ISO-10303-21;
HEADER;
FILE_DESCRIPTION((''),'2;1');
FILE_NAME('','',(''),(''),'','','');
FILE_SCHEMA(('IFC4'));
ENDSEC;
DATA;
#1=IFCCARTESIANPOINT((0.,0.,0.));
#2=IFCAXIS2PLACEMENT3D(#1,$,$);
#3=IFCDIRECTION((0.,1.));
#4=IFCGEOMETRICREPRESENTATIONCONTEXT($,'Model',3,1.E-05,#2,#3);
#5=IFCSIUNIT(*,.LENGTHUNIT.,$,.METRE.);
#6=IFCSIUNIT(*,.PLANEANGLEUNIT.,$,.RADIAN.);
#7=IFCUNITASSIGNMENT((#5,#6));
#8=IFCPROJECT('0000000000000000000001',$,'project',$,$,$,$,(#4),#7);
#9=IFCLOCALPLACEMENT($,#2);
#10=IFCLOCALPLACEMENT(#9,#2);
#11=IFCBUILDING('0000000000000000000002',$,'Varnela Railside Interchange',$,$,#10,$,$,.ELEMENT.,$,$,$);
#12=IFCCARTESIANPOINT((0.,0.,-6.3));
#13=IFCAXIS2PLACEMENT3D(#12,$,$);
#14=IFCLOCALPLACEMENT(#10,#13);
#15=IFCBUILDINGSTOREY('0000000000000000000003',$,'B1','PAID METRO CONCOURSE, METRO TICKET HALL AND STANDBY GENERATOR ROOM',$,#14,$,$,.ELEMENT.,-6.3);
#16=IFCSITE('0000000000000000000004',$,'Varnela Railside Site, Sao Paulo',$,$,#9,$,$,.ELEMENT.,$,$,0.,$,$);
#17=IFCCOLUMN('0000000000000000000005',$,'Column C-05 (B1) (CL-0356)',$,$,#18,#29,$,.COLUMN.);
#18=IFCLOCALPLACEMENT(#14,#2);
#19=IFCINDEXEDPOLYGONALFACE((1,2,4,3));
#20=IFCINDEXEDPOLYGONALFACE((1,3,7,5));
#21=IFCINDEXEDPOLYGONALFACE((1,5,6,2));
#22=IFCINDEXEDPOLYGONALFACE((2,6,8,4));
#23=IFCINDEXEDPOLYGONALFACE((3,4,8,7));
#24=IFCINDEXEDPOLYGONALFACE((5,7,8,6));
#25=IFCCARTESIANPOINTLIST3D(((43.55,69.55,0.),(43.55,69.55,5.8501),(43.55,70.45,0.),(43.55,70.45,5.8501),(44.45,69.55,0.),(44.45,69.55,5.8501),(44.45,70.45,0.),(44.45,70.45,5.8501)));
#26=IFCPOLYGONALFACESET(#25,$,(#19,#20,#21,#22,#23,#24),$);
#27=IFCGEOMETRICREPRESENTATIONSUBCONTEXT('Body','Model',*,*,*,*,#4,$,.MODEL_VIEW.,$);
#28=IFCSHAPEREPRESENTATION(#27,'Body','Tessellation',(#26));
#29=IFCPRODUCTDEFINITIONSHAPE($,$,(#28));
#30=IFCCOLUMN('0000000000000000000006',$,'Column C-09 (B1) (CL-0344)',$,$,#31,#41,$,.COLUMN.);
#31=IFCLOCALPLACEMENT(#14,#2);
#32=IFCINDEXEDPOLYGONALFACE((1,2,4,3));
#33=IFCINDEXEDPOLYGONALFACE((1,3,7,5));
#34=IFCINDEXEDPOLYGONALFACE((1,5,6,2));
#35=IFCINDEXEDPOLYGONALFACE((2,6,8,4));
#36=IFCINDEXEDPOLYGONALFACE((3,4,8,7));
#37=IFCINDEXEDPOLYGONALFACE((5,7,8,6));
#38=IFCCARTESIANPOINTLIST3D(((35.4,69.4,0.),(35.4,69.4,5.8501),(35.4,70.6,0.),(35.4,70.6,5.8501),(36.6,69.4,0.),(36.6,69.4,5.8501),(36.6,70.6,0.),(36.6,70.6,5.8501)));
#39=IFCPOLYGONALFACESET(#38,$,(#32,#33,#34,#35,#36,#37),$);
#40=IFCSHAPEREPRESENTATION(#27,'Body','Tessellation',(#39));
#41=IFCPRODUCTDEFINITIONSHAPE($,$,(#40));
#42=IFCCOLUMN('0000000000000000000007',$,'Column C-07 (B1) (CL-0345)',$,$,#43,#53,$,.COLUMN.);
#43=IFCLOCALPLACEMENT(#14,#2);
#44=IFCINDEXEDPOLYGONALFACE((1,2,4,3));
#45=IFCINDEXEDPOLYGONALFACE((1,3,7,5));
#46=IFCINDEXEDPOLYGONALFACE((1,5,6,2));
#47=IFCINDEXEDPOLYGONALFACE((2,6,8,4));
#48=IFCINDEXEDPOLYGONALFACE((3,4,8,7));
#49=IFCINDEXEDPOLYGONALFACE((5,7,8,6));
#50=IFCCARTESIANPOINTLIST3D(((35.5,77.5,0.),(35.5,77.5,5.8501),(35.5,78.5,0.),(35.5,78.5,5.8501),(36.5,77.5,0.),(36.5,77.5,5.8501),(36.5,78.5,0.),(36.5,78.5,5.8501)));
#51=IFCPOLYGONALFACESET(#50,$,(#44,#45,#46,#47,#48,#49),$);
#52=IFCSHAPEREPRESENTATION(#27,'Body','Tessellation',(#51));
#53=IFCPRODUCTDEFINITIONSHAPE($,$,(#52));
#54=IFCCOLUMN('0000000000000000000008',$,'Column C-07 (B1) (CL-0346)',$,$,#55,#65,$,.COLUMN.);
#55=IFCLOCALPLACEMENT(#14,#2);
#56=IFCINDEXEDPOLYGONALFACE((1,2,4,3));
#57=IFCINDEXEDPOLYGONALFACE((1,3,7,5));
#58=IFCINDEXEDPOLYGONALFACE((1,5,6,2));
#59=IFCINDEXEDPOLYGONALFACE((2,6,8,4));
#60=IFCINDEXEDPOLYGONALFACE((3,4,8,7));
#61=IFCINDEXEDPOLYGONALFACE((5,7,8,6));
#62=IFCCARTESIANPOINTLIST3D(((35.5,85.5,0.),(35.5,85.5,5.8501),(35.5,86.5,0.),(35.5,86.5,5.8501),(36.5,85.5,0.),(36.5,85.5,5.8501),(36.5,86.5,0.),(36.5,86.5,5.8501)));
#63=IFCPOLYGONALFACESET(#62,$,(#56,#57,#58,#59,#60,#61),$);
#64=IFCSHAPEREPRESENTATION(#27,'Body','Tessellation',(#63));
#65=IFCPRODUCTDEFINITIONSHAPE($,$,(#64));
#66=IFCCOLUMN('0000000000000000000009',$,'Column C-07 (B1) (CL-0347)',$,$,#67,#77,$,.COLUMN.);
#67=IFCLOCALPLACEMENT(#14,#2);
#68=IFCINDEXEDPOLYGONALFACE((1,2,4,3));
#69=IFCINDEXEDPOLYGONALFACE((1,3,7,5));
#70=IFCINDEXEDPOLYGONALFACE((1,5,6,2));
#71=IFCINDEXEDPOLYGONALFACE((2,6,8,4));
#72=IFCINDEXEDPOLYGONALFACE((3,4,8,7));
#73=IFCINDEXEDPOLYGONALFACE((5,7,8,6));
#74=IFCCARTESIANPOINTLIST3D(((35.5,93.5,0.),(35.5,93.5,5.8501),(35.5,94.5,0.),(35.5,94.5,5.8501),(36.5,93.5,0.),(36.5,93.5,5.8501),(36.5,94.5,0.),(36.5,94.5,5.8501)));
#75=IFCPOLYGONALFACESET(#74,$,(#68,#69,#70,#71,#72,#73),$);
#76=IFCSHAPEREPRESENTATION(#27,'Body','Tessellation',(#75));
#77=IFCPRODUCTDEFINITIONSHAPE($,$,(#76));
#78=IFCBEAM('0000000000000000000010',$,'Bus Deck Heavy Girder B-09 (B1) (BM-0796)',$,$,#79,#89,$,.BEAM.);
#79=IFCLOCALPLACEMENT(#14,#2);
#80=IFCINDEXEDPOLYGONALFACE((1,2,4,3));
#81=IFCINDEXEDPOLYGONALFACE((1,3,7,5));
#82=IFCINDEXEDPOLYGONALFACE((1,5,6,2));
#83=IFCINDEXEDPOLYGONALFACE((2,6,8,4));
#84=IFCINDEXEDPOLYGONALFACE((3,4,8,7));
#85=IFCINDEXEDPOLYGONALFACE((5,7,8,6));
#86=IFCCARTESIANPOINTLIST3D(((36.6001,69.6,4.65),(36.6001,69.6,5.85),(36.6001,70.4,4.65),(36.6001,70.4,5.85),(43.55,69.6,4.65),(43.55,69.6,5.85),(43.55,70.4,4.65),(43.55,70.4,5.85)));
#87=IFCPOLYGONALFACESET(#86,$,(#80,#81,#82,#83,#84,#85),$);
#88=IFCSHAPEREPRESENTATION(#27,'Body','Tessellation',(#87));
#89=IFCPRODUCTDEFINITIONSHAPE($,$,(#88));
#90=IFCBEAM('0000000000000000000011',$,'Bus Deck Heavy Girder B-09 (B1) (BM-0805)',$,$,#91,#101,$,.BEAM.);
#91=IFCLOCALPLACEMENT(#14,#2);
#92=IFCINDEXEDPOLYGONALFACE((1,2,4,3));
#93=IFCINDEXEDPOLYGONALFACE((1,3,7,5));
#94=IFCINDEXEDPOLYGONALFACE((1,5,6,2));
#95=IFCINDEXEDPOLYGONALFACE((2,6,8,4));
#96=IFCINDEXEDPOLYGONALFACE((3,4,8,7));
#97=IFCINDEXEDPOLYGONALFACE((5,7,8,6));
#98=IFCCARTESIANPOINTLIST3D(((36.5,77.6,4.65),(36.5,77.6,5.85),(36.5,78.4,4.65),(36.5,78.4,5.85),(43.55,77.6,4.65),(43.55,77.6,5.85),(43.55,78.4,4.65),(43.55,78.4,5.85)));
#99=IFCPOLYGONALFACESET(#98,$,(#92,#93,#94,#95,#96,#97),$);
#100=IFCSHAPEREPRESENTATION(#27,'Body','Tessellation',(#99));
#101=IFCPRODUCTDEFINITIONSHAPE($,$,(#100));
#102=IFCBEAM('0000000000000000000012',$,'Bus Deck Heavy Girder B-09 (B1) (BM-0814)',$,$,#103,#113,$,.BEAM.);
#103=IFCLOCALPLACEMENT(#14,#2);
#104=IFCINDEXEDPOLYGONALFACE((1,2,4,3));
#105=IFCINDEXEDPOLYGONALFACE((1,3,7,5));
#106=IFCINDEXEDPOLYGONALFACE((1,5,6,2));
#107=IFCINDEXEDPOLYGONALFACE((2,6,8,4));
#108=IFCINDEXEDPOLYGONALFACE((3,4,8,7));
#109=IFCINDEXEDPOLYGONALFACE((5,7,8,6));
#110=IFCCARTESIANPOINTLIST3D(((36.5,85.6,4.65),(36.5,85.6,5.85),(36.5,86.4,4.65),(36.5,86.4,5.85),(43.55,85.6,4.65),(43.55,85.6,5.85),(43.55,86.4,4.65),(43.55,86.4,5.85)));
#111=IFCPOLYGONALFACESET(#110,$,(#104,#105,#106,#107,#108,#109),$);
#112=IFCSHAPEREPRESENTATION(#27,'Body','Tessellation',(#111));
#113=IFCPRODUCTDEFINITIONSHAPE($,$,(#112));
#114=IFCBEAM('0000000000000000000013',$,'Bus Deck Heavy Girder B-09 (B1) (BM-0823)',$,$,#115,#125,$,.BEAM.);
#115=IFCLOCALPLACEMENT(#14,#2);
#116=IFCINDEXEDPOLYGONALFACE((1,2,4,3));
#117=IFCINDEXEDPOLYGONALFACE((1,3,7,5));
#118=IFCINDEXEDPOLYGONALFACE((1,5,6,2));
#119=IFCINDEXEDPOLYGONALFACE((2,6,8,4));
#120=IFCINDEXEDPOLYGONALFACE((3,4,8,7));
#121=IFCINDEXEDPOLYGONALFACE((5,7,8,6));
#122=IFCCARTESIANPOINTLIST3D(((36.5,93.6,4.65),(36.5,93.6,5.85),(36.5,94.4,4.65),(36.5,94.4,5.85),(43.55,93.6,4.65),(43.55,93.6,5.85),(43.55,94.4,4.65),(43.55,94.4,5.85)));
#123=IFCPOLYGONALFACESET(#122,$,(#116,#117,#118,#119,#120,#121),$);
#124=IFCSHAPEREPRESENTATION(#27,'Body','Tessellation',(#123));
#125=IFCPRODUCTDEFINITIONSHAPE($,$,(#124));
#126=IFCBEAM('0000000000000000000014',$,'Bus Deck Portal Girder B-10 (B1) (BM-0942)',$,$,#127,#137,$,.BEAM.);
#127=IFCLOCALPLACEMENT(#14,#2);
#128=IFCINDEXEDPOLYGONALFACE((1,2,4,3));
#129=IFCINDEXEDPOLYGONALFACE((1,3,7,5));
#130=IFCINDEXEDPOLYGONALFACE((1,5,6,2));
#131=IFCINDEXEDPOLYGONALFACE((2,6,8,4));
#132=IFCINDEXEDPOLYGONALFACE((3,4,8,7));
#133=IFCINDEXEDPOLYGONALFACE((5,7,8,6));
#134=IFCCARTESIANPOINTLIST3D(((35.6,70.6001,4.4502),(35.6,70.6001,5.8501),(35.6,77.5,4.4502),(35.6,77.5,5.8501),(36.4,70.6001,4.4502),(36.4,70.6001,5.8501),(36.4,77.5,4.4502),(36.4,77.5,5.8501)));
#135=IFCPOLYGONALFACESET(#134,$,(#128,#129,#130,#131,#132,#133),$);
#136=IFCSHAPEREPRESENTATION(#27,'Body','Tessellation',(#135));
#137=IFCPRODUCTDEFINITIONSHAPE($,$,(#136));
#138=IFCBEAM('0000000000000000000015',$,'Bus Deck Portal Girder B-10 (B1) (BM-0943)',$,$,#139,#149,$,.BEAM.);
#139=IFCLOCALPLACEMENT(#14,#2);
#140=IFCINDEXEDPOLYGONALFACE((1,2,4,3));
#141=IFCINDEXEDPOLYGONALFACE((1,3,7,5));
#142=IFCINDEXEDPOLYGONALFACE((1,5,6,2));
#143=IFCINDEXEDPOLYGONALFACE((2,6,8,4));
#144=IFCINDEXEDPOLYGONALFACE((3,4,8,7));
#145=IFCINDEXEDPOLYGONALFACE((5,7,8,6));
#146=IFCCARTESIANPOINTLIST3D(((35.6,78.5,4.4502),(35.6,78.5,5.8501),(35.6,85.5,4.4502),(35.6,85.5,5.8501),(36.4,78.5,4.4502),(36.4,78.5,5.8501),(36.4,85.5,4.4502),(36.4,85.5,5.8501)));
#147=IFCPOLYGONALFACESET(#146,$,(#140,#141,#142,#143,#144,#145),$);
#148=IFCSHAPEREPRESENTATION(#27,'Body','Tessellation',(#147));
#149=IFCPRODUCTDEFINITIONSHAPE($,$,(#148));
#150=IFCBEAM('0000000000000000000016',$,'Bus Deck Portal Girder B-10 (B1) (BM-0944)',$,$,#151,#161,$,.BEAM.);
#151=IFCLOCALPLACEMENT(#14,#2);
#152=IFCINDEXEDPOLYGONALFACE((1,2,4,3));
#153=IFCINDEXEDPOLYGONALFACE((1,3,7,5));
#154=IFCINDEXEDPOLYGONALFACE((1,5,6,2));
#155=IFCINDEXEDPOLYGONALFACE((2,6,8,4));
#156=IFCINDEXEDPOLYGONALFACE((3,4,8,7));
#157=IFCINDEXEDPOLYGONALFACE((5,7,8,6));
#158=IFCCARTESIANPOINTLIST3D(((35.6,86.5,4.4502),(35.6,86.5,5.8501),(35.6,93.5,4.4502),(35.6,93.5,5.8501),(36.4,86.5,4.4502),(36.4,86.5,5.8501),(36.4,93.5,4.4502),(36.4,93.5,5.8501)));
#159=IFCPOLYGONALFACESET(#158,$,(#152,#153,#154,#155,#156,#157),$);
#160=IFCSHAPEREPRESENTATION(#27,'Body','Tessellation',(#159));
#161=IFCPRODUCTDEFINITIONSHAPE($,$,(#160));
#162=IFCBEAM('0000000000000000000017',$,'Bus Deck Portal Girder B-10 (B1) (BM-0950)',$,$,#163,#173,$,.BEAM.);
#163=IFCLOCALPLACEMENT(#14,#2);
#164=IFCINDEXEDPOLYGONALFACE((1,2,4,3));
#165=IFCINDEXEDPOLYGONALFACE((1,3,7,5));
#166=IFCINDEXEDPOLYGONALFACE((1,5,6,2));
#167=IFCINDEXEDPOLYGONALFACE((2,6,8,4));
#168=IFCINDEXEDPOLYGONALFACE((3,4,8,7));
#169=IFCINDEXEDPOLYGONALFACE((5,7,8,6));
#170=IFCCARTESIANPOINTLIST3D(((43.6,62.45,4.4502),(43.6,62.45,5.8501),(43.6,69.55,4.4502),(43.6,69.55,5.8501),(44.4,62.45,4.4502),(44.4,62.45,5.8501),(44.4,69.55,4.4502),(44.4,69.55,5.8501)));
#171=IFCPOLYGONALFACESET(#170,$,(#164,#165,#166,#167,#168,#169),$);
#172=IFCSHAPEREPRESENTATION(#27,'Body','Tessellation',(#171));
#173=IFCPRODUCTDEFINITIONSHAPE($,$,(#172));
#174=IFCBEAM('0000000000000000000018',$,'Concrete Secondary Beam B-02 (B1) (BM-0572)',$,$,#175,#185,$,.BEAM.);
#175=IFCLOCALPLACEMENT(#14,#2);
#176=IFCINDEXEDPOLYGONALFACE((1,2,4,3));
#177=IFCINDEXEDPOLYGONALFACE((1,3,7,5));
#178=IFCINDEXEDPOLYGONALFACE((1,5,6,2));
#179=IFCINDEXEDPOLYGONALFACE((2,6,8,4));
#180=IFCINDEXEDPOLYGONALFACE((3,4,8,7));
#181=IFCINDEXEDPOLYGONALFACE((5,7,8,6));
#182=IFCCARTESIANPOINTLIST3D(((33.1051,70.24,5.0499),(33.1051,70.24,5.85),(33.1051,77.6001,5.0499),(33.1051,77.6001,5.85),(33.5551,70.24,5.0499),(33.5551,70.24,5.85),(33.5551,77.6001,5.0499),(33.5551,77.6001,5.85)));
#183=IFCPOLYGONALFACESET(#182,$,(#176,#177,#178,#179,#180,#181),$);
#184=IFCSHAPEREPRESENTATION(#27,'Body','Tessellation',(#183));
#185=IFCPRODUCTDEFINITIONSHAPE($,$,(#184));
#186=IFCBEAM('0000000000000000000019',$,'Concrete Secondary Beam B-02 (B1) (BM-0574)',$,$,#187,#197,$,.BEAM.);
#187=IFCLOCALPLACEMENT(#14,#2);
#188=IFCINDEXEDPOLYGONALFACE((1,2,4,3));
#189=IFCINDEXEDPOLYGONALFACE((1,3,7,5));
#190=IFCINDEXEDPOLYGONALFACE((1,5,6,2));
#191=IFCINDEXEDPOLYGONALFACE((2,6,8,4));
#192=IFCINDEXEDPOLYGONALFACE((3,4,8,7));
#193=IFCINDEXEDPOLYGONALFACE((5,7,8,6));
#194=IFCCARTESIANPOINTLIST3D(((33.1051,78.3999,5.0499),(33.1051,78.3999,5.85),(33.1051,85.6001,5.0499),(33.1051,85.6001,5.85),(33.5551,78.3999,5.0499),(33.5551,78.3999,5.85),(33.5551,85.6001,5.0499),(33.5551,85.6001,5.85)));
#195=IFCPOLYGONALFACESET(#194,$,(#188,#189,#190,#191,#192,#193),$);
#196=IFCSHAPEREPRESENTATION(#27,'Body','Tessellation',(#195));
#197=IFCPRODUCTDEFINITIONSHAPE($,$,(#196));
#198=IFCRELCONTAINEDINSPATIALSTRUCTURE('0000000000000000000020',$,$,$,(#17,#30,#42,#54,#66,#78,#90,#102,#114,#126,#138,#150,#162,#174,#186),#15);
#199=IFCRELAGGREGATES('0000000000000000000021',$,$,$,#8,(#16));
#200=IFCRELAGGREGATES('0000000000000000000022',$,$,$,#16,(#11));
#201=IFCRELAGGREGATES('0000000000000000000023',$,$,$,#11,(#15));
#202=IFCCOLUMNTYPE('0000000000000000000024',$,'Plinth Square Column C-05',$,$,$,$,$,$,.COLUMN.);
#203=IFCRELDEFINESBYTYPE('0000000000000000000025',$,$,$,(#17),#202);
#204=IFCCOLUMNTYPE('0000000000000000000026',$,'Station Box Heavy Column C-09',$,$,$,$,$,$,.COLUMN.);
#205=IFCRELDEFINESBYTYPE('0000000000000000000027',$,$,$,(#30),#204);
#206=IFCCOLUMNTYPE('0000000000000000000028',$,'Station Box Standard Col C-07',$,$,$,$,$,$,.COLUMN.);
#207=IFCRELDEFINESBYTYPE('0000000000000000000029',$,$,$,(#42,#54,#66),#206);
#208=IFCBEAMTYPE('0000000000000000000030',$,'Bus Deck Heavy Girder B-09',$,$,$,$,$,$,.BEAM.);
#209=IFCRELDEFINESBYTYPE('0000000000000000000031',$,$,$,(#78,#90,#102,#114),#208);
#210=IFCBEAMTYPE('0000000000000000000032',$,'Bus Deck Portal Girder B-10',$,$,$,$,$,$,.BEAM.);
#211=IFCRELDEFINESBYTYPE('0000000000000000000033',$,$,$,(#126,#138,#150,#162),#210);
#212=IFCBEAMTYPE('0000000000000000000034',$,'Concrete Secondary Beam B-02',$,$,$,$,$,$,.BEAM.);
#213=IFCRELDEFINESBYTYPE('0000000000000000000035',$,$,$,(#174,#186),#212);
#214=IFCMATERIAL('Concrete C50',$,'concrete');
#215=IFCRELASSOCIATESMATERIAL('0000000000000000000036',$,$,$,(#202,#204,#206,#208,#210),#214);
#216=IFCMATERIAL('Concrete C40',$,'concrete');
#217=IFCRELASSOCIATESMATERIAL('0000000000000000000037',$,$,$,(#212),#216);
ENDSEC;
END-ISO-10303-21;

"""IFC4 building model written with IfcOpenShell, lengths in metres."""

from ifc_helpers import new_model, si_unit, direction, frame, origin, origin_2d, place, context, subcontext, project, spatial, rectangle, extrude, material, material_profile, profile_set, type_object, element, save


model = new_model("IFC4")

# Units and contexts
model_context = context("Model", 3, precision=1e-05, world=origin(), true_north=direction((0.0, 1.0)))
body_context = subcontext(model_context, "Body", "Model", "MODEL_VIEW")
ifc_project = project(units=[si_unit("LENGTHUNIT", "METRE"), si_unit("PLANEANGLEUNIT", "RADIAN")], contexts=[model_context])

# Site, building, storey
site_placement = place(None, origin())
site = spatial("IfcSite", under=ifc_project, at=site_placement, Name="Varnela Railside Site, Sao Paulo", CompositionType="ELEMENT", RefElevation=0.0)
building_placement = place(site_placement, origin())
building = spatial("IfcBuilding", under=site, at=building_placement, Name="Varnela Railside Interchange", CompositionType="ELEMENT")
storey_placement = place(building_placement, frame((0.0, 0.0, -6.3)))
storey = spatial("IfcBuildingStorey", under=building, at=storey_placement, Name="B1", Description="PAID METRO CONCOURSE, METRO TICKET HALL AND STANDBY GENERATOR ROOM", CompositionType="ELEMENT", Elevation=-6.3)

# Columns
ifc_material_1 = material(Name="Concrete C50", Category="concrete")
ifc_material_profile_1 = material_profile(ifc_material_1, rectangle(XDim=0.8999, YDim=0.8999, at=origin_2d()), Name="RC 900x900")
ifc_profile_set_1 = profile_set([ifc_material_profile_1], Name="Concrete C50")
column_type_1 = type_object("IfcColumnType", Name="Plinth Square Column C-05", PredefinedType="COLUMN", material=ifc_profile_set_1)
column_1_placement = place(storey_placement, frame((44.0, 70.0, 0.0), z_axis=(0.0, 0.0, 1.0), x_axis=(1.0, 0.0, 0.0)))
element("IfcColumn", 1, at=column_1_placement, inside=storey, type_object=column_type_1, Name="Column C-05 (B1) (CL-0356)", PredefinedType="COLUMN", context=body_context, shape_type="SweptSolid", body=[
    extrude(rectangle(XDim=0.8999, YDim=0.8999, at=origin_2d()), origin(), (0.0, 0.0, 1.0), 5.8501),
])
ifc_material_profile_2 = material_profile(ifc_material_1, rectangle(XDim=1.2, YDim=1.2, at=origin_2d()), Name="RC 1200x1200")
ifc_profile_set_2 = profile_set([ifc_material_profile_2], Name="Concrete C50")
column_type_2 = type_object("IfcColumnType", Name="Station Box Heavy Column C-09", PredefinedType="COLUMN", material=ifc_profile_set_2)
column_2_placement = place(storey_placement, frame((36.0, 70.0, 0.0), z_axis=(0.0, 0.0, 1.0), x_axis=(1.0, 0.0, 0.0)))
element("IfcColumn", 2, at=column_2_placement, inside=storey, type_object=column_type_2, Name="Column C-09 (B1) (CL-0344)", PredefinedType="COLUMN", context=body_context, shape_type="SweptSolid", body=[
    extrude(rectangle(XDim=1.2, YDim=1.2, at=origin_2d()), origin(), (0.0, 0.0, 1.0), 5.8501),
])
ifc_material_profile_3 = material_profile(ifc_material_1, rectangle(XDim=1.0, YDim=1.0, at=origin_2d()), Name="RC 1000x1000")
ifc_profile_set_3 = profile_set([ifc_material_profile_3], Name="Concrete C50")
column_type_3 = type_object("IfcColumnType", Name="Station Box Standard Col C-07", PredefinedType="COLUMN", material=ifc_profile_set_3)
for number, where, z_axis, x_axis, name in (
    (3, (36.0, 78.0, 0.0), (0.0, 0.0, 1.0), (1.0, 0.0, 0.0), "Column C-07 (B1) (CL-0345)"),
    (4, (36.0, 86.0, 0.0), (0.0, 0.0, 1.0), (1.0, 0.0, 0.0), "Column C-07 (B1) (CL-0346)"),
    (5, (36.0, 94.0, 0.0), (0.0, 0.0, 1.0), (1.0, 0.0, 0.0), "Column C-07 (B1) (CL-0347)"),
):
    element("IfcColumn", number, at=place(storey_placement, frame(where, z_axis=z_axis, x_axis=x_axis)), inside=storey, type_object=column_type_3, Name=name, PredefinedType="COLUMN", context=body_context, shape_type="SweptSolid", body=[
        extrude(rectangle(XDim=1.0, YDim=1.0, at=origin_2d()), origin(), (0.0, 0.0, 1.0), 5.8501),
    ])

# Beams
ifc_material_profile_4 = material_profile(ifc_material_1, rectangle(XDim=0.8, YDim=1.2, at=origin_2d()), Name="RC 800x1200")
ifc_profile_set_4 = profile_set([ifc_material_profile_4], Name="Concrete C50")
beam_type_1 = type_object("IfcBeamType", Name="Bus Deck Heavy Girder B-09", PredefinedType="BEAM", material=ifc_profile_set_4)
beam_1_placement = place(storey_placement, frame((36.6001, 70.0, 5.25), z_axis=(1.0, 0.0, 0.0), x_axis=(0.0, 1.0, 0.0)))
element("IfcBeam", 6, at=beam_1_placement, inside=storey, type_object=beam_type_1, Name="Bus Deck Heavy Girder B-09 (B1) (BM-0796)", PredefinedType="BEAM", context=body_context, shape_type="SweptSolid", body=[
    extrude(rectangle(XDim=0.8, YDim=1.2, at=origin_2d()), origin(), (0.0, 0.0, 1.0), 6.95),
])
for number, where, z_axis, x_axis, name in (
    (7, (36.5, 78.0, 5.25), (1.0, 0.0, 0.0), (0.0, 1.0, 0.0), "Bus Deck Heavy Girder B-09 (B1) (BM-0805)"),
    (8, (36.5, 86.0, 5.25), (1.0, 0.0, 0.0), (0.0, 1.0, 0.0), "Bus Deck Heavy Girder B-09 (B1) (BM-0814)"),
    (9, (36.5, 94.0, 5.25), (1.0, 0.0, 0.0), (0.0, 1.0, 0.0), "Bus Deck Heavy Girder B-09 (B1) (BM-0823)"),
):
    element("IfcBeam", number, at=place(storey_placement, frame(where, z_axis=z_axis, x_axis=x_axis)), inside=storey, type_object=beam_type_1, Name=name, PredefinedType="BEAM", context=body_context, shape_type="SweptSolid", body=[
        extrude(rectangle(XDim=0.8, YDim=1.2, at=origin_2d()), origin(), (0.0, 0.0, 1.0), 7.05),
    ])
ifc_material_profile_5 = material_profile(ifc_material_1, rectangle(XDim=0.8, YDim=1.3999, at=origin_2d()), Name="RC 800x1400")
ifc_profile_set_5 = profile_set([ifc_material_profile_5], Name="Concrete C50")
beam_type_2 = type_object("IfcBeamType", Name="Bus Deck Portal Girder B-10", PredefinedType="BEAM", material=ifc_profile_set_5)
beam_2_placement = place(storey_placement, frame((36.0, 70.6001, 5.1501), z_axis=(0.0, 1.0, 0.0), x_axis=(-1.0, 0.0, 0.0)))
element("IfcBeam", 10, at=beam_2_placement, inside=storey, type_object=beam_type_2, Name="Bus Deck Portal Girder B-10 (B1) (BM-0942)", PredefinedType="BEAM", context=body_context, shape_type="SweptSolid", body=[
    extrude(rectangle(XDim=0.8, YDim=1.3999, at=origin_2d()), origin(), (0.0, 0.0, 1.0), 6.8999),
])
for number, where, z_axis, x_axis, name in (
    (11, (36.0, 78.5, 5.1501), (0.0, 1.0, 0.0), (-1.0, 0.0, 0.0), "Bus Deck Portal Girder B-10 (B1) (BM-0943)"),
    (12, (36.0, 86.5, 5.1501), (0.0, 1.0, 0.0), (-1.0, 0.0, 0.0), "Bus Deck Portal Girder B-10 (B1) (BM-0944)"),
):
    element("IfcBeam", number, at=place(storey_placement, frame(where, z_axis=z_axis, x_axis=x_axis)), inside=storey, type_object=beam_type_2, Name=name, PredefinedType="BEAM", context=body_context, shape_type="SweptSolid", body=[
        extrude(rectangle(XDim=0.8, YDim=1.3999, at=origin_2d()), origin(), (0.0, 0.0, 1.0), 7.0),
    ])
beam_3_placement = place(storey_placement, frame((44.0, 62.45, 5.1501), z_axis=(0.0, 1.0, 0.0), x_axis=(-1.0, 0.0, 0.0)))
element("IfcBeam", 13, at=beam_3_placement, inside=storey, type_object=beam_type_2, Name="Bus Deck Portal Girder B-10 (B1) (BM-0950)", PredefinedType="BEAM", context=body_context, shape_type="SweptSolid", body=[
    extrude(rectangle(XDim=0.8, YDim=1.3999, at=origin_2d()), origin(), (0.0, 0.0, 1.0), 7.1001),
])
ifc_material_2 = material(Name="Concrete C40", Category="concrete")
ifc_material_profile_6 = material_profile(ifc_material_2, rectangle(XDim=0.45, YDim=0.8, at=origin_2d()), Name="RC 450x800")
ifc_profile_set_6 = profile_set([ifc_material_profile_6], Name="Concrete C40")
beam_type_3 = type_object("IfcBeamType", Name="Concrete Secondary Beam B-02", PredefinedType="BEAM", material=ifc_profile_set_6)
beam_4_placement = place(storey_placement, frame((33.3301, 70.24, 5.45), z_axis=(0.0, 1.0, 0.0), x_axis=(-1.0, 0.0, 0.0)))
element("IfcBeam", 14, at=beam_4_placement, inside=storey, type_object=beam_type_3, Name="Concrete Secondary Beam B-02 (B1) (BM-0572)", PredefinedType="BEAM", context=body_context, shape_type="SweptSolid", body=[
    extrude(rectangle(XDim=0.45, YDim=0.8, at=origin_2d()), origin(), (0.0, 0.0, 1.0), 7.3601),
])
for number, where, z_axis, x_axis, name in (
    (15, (33.3301, 78.3999, 5.45), (0.0, 1.0, 0.0), (-1.0, 0.0, 0.0), "Concrete Secondary Beam B-02 (B1) (BM-0574)"),
):
    element("IfcBeam", number, at=place(storey_placement, frame(where, z_axis=z_axis, x_axis=x_axis)), inside=storey, type_object=beam_type_3, Name=name, PredefinedType="BEAM", context=body_context, shape_type="SweptSolid", body=[
        extrude(rectangle(XDim=0.45, YDim=0.8, at=origin_2d()), origin(), (0.0, 0.0, 1.0), 7.2002),
    ])

save(model, "model.ifc")
